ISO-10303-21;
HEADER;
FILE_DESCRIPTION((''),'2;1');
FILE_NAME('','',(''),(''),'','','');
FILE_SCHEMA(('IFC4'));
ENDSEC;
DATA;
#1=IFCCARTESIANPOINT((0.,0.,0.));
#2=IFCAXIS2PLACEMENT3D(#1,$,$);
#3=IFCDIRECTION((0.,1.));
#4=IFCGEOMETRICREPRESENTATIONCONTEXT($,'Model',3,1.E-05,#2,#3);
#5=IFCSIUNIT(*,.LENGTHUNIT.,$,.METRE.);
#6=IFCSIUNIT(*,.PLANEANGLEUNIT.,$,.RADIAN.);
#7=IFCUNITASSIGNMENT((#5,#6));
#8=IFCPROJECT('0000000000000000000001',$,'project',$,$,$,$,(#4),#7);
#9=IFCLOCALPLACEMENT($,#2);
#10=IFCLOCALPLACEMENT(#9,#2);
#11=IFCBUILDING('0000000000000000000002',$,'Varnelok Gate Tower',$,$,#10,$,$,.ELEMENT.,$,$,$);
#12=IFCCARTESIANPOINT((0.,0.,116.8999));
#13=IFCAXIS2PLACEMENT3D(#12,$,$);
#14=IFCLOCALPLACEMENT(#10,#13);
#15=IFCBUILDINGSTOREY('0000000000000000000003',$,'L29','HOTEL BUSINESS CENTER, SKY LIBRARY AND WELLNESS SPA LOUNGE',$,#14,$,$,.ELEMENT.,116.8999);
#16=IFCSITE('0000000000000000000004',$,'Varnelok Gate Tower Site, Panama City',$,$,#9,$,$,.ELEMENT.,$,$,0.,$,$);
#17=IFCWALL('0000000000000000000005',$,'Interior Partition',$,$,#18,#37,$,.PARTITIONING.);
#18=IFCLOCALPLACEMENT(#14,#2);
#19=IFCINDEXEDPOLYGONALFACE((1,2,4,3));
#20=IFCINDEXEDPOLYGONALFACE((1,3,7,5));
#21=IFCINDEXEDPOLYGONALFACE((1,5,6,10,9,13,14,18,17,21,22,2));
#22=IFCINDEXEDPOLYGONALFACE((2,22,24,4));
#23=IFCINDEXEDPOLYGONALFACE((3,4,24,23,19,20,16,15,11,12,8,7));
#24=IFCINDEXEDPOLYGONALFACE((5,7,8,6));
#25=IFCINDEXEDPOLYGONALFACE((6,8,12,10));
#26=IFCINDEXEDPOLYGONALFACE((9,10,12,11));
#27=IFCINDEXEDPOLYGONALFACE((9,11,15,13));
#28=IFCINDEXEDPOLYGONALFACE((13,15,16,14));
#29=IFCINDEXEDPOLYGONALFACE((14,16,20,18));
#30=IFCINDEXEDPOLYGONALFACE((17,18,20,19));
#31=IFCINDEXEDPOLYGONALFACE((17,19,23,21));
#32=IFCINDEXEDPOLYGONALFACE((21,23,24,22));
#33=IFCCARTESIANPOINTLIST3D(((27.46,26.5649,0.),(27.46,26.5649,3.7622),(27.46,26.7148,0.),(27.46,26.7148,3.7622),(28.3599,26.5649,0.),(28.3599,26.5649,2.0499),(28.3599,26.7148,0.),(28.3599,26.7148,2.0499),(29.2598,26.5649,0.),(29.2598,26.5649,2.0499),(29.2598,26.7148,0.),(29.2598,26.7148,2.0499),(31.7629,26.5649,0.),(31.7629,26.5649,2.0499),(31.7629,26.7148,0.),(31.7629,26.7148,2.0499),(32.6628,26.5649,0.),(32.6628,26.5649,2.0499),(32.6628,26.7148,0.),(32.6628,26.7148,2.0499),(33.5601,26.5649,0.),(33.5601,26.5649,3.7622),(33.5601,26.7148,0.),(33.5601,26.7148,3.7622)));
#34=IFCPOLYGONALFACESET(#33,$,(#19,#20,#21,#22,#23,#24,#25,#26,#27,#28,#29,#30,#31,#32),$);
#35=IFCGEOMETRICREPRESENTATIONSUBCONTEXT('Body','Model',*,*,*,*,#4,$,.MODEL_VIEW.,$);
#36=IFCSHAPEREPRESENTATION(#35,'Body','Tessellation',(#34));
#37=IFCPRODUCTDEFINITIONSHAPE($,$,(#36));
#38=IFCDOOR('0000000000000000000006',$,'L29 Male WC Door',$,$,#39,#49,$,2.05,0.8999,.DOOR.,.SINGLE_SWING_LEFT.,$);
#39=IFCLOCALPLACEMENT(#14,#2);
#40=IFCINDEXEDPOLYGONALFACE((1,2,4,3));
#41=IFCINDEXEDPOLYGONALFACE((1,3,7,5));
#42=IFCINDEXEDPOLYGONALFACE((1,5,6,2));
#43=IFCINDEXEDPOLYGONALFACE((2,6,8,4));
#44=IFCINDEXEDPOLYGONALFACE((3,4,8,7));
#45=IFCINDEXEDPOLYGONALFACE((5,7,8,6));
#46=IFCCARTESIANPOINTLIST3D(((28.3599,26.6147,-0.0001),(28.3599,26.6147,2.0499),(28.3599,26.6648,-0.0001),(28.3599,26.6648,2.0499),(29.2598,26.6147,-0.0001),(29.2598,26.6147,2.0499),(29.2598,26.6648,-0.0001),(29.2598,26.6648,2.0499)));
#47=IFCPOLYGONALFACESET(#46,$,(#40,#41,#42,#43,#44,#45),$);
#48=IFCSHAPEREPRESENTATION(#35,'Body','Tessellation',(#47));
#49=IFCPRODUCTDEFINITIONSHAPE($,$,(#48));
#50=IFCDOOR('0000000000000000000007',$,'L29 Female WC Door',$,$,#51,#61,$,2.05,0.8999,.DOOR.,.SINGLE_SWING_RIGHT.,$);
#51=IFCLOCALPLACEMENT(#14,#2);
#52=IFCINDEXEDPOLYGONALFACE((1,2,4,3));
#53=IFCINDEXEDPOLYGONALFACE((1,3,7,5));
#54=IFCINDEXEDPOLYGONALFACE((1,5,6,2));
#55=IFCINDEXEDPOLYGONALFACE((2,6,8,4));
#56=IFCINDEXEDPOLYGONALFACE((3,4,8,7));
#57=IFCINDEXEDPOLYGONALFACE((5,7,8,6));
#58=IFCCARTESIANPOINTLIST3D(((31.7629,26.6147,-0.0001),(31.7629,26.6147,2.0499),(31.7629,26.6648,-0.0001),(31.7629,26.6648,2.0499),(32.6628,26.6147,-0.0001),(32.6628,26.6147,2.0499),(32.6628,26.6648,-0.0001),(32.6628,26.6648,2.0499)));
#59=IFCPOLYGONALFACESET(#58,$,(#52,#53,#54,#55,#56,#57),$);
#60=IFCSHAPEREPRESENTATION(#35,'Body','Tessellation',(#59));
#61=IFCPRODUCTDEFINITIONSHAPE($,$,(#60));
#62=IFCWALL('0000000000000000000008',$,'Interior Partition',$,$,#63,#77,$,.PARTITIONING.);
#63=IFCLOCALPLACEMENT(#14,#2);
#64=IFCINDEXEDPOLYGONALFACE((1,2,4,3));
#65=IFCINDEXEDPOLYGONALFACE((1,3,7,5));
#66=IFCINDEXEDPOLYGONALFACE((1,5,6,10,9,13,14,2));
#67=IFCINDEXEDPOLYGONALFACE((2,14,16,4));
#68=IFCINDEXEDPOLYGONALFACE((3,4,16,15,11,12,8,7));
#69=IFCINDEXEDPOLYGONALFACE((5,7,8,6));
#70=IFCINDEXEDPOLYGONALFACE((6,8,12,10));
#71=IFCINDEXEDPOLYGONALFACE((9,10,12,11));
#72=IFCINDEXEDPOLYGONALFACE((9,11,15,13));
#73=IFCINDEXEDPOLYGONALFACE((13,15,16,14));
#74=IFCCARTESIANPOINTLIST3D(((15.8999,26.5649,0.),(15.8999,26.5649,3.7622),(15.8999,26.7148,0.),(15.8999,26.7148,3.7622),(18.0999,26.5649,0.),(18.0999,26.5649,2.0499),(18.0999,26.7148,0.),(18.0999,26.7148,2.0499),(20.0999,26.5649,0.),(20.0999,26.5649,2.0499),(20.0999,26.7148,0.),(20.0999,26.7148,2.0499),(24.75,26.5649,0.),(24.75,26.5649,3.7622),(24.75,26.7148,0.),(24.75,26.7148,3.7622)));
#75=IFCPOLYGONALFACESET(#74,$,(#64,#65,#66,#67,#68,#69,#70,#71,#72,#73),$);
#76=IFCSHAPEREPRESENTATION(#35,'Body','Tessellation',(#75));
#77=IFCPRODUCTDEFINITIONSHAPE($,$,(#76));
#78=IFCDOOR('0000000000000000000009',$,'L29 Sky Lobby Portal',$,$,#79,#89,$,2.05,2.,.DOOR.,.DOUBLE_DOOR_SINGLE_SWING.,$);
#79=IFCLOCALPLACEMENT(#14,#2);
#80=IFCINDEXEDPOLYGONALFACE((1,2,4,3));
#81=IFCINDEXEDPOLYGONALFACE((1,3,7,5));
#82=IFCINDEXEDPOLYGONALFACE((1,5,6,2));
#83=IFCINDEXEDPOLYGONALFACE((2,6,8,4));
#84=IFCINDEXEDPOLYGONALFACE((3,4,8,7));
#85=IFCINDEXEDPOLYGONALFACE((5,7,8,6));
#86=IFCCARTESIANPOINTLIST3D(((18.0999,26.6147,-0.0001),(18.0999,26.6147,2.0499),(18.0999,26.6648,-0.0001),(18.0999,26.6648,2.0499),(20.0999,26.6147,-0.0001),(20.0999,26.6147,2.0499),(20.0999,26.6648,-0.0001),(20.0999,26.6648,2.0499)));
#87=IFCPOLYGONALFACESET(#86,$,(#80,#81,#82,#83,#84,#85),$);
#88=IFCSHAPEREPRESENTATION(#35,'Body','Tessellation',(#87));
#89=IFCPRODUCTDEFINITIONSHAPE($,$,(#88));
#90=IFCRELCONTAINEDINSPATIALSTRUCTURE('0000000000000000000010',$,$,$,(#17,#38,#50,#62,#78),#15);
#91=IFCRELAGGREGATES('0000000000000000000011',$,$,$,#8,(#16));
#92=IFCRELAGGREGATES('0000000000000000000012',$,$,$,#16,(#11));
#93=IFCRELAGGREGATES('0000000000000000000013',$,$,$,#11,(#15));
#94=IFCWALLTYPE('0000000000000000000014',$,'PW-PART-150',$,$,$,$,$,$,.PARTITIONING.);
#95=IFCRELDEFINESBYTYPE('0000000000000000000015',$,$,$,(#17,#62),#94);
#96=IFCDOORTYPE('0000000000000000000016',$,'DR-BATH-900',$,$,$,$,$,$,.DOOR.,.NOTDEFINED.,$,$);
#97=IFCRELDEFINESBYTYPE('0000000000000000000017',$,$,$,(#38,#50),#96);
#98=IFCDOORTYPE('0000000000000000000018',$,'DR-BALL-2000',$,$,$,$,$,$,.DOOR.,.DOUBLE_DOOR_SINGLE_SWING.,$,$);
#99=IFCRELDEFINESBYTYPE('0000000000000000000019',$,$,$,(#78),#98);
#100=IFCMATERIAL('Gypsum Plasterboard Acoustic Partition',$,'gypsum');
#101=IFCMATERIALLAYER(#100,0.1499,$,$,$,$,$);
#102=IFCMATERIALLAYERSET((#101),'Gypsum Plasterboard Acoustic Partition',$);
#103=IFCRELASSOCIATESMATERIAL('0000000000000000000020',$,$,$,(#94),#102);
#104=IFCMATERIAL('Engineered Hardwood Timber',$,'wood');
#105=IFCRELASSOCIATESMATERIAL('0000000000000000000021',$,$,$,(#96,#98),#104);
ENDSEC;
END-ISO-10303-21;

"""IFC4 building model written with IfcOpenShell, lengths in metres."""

from ifc_helpers import new_model, si_unit, direction, frame, frame_2d, origin, place, context, subcontext, project, spatial, rectangle, extrude, material, layer, layer_set, type_object, element, fill, save


model = new_model("IFC4")

# Units and contexts
model_context = context("Model", 3, precision=1e-05, world=origin(), true_north=direction((0.0, 1.0)))
body_context = subcontext(model_context, "Body", "Model", "MODEL_VIEW")
ifc_project = project(units=[si_unit("LENGTHUNIT", "METRE"), si_unit("PLANEANGLEUNIT", "RADIAN")], contexts=[model_context])

# Site, building, storey
site_placement = place(None, origin())
site = spatial("IfcSite", under=ifc_project, at=site_placement, Name="Varnelok Gate Tower Site, Panama City", CompositionType="ELEMENT", RefElevation=0.0)
building_placement = place(site_placement, origin())
building = spatial("IfcBuilding", under=site, at=building_placement, Name="Varnelok Gate Tower", CompositionType="ELEMENT")
storey_placement = place(building_placement, frame((0.0, 0.0, 116.8999)))
storey = spatial("IfcBuildingStorey", under=building, at=storey_placement, Name="L29", Description="HOTEL BUSINESS CENTER, SKY LIBRARY AND WELLNESS SPA LOUNGE", CompositionType="ELEMENT", Elevation=116.8999)

# Shared definitions
ifc_material_1 = material(Name="Gypsum Plasterboard Acoustic Partition", Category="gypsum")

# Wall, openings, doors
ifc_layer_1 = layer(ifc_material_1, 0.1499)
ifc_layer_set_1 = layer_set([ifc_layer_1], Name="Gypsum Plasterboard Acoustic Partition")
wall_type_1 = type_object("IfcWallType", Name="PW-PART-150", PredefinedType="PARTITIONING", material=ifc_layer_set_1)
wall_1_placement = place(storey_placement, frame((27.46, 26.6399, 0.0), z_axis=(0.0, 0.0, 1.0), x_axis=(1.0, 0.0, 0.0)))
wall_1 = element("IfcWall", 1, at=wall_1_placement, inside=storey, type_object=wall_type_1, Name="Interior Partition", PredefinedType="PARTITIONING", context=body_context, shape_type="SweptSolid", body=[
    extrude(rectangle(XDim=6.1001, YDim=0.1499, at=frame_2d((3.05, 0.0))), origin(), (0.0, 0.0, 1.0), 3.7622),
])
opening_1_placement = place(wall_1_placement, frame((0.8999, 0.0, 0.0)))
opening_1 = element("IfcOpeningElement", 2, at=opening_1_placement, cuts=wall_1, PredefinedType="OPENING", context=body_context, shape_type="SweptSolid", body=[
    extrude(rectangle(XDim=0.8999, YDim=2.05, at=frame_2d((0.45, 1.0249))), frame((0.0, 0.085, 0.0), z_axis=(0.0, -1.0, 0.0), x_axis=(1.0, 0.0, 0.0)), (0.0, 0.0, 1.0), 0.1699),
])
opening_2_placement = place(wall_1_placement, frame((4.303, 0.0, 0.0)))
opening_2 = element("IfcOpeningElement", 3, at=opening_2_placement, cuts=wall_1, PredefinedType="OPENING", context=body_context, shape_type="SweptSolid", body=[
    extrude(rectangle(XDim=0.8999, YDim=2.05, at=frame_2d((0.45, 1.0249))), frame((0.0, 0.085, 0.0), z_axis=(0.0, -1.0, 0.0), x_axis=(1.0, 0.0, 0.0)), (0.0, 0.0, 1.0), 0.1699),
])
ifc_material_2 = material(Name="Engineered Hardwood Timber", Category="wood")
door_type_1 = type_object("IfcDoorType", Name="DR-BATH-900", OperationType="NOTDEFINED", PredefinedType="DOOR", material=ifc_material_2)
door_1_placement = place(opening_1_placement, origin())
door_1 = element("IfcDoor", 4, at=door_1_placement, inside=storey, type_object=door_type_1, Name="L29 Male WC Door", OperationType="SINGLE_SWING_LEFT", OverallHeight=2.05, OverallWidth=0.8999, PredefinedType="DOOR", context=body_context, shape_type="SweptSolid", body=[
    extrude(rectangle(XDim=0.8999, YDim=2.05, at=frame_2d((0.45, 1.0249))), frame((0.0, 0.0249, 0.0), z_axis=(0.0, -1.0, 0.0), x_axis=(1.0, 0.0, 0.0)), (0.0, 0.0, 1.0), 0.05),
])
fill(opening_1, door_1)
door_2_placement = place(opening_2_placement, origin())
door_2 = element("IfcDoor", 5, at=door_2_placement, inside=storey, type_object=door_type_1, Name="L29 Female WC Door", OperationType="SINGLE_SWING_RIGHT", OverallHeight=2.05, OverallWidth=0.8999, PredefinedType="DOOR", context=body_context, shape_type="SweptSolid", body=[
    extrude(rectangle(XDim=0.8999, YDim=2.05, at=frame_2d((0.45, 1.0249))), frame((0.0, 0.0249, 0.0), z_axis=(0.0, -1.0, 0.0), x_axis=(1.0, 0.0, 0.0)), (0.0, 0.0, 1.0), 0.05),
])
fill(opening_2, door_2)

# Wall, opening, door
wall_2_placement = place(storey_placement, frame((15.8999, 26.6399, 0.0), z_axis=(0.0, 0.0, 1.0), x_axis=(1.0, 0.0, 0.0)))
wall_2 = element("IfcWall", 6, at=wall_2_placement, inside=storey, type_object=wall_type_1, Name="Interior Partition", PredefinedType="PARTITIONING", context=body_context, shape_type="SweptSolid", body=[
    extrude(rectangle(XDim=8.8501, YDim=0.1499, at=frame_2d((4.425, 0.0))), origin(), (0.0, 0.0, 1.0), 3.7622),
])
opening_3_placement = place(wall_2_placement, frame((2.2, 0.0, 0.0)))
opening_3 = element("IfcOpeningElement", 7, at=opening_3_placement, cuts=wall_2, PredefinedType="OPENING", context=body_context, shape_type="SweptSolid", body=[
    extrude(rectangle(XDim=2.0, YDim=2.05, at=frame_2d((1.0, 1.0249))), frame((0.0, 0.085, 0.0), z_axis=(0.0, -1.0, 0.0), x_axis=(1.0, 0.0, 0.0)), (0.0, 0.0, 1.0), 0.1699),
])
door_type_2 = type_object("IfcDoorType", Name="DR-BALL-2000", OperationType="DOUBLE_DOOR_SINGLE_SWING", PredefinedType="DOOR", material=ifc_material_2)
door_3_placement = place(opening_3_placement, origin())
door_3 = element("IfcDoor", 8, at=door_3_placement, inside=storey, type_object=door_type_2, Name="L29 Sky Lobby Portal", OperationType="DOUBLE_DOOR_SINGLE_SWING", OverallHeight=2.05, OverallWidth=2.0, PredefinedType="DOOR", context=body_context, shape_type="SweptSolid", body=[
    extrude(rectangle(XDim=2.0, YDim=2.05, at=frame_2d((1.0, 1.0249))), frame((0.0, 0.0249, 0.0), z_axis=(0.0, -1.0, 0.0), x_axis=(1.0, 0.0, 0.0)), (0.0, 0.0, 1.0), 0.05),
])
fill(opening_3, door_3)

save(model, "model.ifc")
